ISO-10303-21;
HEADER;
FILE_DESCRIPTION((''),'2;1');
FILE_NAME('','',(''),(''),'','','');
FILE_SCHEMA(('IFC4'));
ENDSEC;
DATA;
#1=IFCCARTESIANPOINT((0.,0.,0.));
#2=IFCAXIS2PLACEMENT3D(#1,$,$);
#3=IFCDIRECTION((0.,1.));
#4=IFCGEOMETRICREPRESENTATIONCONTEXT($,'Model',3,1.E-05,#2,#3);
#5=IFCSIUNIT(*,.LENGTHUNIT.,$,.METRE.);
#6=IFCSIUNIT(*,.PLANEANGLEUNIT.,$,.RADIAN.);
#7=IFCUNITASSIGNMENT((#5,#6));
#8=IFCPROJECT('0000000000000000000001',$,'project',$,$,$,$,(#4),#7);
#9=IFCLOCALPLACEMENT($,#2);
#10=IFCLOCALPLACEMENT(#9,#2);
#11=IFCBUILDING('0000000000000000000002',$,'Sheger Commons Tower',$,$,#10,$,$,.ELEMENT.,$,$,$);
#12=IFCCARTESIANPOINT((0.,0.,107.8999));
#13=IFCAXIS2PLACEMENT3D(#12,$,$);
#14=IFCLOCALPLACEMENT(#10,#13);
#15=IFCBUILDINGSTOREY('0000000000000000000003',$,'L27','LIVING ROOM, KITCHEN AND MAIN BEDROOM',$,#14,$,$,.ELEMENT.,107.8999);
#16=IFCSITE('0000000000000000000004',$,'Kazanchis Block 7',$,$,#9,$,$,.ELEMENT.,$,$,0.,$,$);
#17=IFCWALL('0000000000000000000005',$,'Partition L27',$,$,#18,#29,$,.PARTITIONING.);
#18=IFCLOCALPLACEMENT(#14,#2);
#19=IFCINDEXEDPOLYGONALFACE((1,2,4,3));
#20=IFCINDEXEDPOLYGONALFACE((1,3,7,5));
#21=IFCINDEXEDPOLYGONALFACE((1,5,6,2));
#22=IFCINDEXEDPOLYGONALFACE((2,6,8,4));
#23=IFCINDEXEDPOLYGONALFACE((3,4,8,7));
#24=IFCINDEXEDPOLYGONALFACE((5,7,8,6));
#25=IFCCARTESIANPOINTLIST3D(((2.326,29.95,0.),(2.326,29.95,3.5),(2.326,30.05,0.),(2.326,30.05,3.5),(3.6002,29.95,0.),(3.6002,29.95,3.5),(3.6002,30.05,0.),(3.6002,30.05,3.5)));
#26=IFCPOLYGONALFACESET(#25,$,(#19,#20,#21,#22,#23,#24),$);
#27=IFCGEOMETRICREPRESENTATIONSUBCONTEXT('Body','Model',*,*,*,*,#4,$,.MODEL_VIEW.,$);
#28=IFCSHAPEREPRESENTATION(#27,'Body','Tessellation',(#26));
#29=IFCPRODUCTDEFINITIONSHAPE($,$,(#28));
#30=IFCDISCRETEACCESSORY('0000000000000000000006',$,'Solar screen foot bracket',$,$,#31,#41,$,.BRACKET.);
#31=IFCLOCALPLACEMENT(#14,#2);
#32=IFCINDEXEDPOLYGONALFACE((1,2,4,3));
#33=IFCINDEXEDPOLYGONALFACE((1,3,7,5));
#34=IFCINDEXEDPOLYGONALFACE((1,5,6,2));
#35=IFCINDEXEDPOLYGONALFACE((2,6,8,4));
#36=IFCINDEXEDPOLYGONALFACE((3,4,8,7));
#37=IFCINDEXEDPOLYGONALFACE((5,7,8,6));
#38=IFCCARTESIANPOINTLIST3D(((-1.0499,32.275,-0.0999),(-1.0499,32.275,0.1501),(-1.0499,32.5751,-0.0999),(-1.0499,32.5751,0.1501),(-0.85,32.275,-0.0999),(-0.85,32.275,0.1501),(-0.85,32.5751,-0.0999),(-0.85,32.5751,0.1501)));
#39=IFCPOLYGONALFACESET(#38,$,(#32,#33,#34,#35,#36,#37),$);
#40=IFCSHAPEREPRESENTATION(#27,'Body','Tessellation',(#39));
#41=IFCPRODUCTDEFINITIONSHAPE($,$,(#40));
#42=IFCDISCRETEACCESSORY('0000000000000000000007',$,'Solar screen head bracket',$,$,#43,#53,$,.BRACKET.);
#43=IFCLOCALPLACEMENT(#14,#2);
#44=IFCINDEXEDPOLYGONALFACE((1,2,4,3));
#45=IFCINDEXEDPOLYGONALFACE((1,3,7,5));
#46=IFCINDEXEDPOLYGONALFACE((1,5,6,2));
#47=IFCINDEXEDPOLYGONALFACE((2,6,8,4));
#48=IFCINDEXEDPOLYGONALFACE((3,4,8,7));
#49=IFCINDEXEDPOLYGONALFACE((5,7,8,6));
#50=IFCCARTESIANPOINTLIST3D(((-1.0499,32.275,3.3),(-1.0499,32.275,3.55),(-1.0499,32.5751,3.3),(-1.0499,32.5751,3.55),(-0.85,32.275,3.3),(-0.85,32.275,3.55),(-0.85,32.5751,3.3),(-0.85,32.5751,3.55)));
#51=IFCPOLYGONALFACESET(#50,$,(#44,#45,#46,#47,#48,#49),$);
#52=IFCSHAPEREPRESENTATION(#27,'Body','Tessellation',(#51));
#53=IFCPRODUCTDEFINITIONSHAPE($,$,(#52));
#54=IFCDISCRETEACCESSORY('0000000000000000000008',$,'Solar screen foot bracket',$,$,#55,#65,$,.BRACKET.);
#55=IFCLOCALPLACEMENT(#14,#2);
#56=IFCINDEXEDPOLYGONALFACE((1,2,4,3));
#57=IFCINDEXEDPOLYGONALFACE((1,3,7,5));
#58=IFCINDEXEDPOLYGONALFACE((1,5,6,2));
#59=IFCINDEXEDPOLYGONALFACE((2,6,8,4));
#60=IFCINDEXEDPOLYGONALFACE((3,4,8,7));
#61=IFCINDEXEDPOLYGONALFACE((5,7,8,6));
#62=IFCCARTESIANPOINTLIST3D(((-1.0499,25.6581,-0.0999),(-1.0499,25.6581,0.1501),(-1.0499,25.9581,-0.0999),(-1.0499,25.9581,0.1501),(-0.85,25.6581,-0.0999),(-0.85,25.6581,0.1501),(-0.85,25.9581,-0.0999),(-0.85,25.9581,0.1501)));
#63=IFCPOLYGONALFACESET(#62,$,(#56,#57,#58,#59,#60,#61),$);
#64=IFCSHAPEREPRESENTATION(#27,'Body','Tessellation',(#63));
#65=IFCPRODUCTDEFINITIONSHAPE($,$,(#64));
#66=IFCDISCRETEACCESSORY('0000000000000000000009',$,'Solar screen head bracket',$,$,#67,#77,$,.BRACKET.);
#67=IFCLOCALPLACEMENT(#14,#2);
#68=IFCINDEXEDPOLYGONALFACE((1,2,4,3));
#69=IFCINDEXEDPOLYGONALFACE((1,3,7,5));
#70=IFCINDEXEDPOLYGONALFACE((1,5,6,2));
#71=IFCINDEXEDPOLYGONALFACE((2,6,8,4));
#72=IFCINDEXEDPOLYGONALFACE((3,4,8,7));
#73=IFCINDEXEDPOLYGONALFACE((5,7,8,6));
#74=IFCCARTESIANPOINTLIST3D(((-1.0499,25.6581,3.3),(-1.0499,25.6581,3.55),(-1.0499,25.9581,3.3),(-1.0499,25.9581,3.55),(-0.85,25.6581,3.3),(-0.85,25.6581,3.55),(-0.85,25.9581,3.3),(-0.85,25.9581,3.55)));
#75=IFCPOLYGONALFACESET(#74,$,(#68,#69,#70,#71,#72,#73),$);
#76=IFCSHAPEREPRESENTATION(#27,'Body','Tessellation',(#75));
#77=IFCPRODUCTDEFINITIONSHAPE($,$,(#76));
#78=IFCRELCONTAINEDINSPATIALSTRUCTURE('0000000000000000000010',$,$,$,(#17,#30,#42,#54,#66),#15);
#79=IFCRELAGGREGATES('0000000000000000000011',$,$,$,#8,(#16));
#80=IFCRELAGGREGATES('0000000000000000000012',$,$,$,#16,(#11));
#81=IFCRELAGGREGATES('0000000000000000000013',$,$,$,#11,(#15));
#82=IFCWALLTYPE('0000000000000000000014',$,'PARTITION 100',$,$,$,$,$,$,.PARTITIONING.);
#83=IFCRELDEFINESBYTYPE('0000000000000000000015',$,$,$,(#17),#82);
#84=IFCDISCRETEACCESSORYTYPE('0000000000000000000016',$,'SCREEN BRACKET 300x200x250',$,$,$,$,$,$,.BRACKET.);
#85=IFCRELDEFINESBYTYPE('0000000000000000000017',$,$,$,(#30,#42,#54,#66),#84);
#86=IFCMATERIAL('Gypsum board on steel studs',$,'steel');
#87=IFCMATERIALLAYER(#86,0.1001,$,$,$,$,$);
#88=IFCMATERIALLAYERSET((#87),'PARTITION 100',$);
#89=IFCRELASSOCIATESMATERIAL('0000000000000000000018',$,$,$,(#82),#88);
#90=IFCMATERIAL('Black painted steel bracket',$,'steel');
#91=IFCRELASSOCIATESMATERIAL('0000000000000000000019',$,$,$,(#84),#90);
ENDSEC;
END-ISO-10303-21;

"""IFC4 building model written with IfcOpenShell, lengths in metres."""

from ifc_helpers import new_model, si_unit, direction, frame, frame_2d, origin, origin_2d, place, context, subcontext, project, spatial, rectangle, extrude, material, layer, layer_set, type_object, element, save


model = new_model("IFC4")

# Units and contexts
model_context = context("Model", 3, precision=1e-05, world=origin(), true_north=direction((0.0, 1.0)))
body_context = subcontext(model_context, "Body", "Model", "MODEL_VIEW")
ifc_project = project(units=[si_unit("LENGTHUNIT", "METRE"), si_unit("PLANEANGLEUNIT", "RADIAN")], contexts=[model_context])

# Site, building, storey
site_placement = place(None, origin())
site = spatial("IfcSite", under=ifc_project, at=site_placement, Name="Kazanchis Block 7", CompositionType="ELEMENT", RefElevation=0.0)
building_placement = place(site_placement, origin())
building = spatial("IfcBuilding", under=site, at=building_placement, Name="Sheger Commons Tower", CompositionType="ELEMENT")
storey_placement = place(building_placement, frame((0.0, 0.0, 107.8999)))
storey = spatial("IfcBuildingStorey", under=building, at=storey_placement, Name="L27", Description="LIVING ROOM, KITCHEN AND MAIN BEDROOM", CompositionType="ELEMENT", Elevation=107.8999)

# Shared definitions
ifc_material_1 = material(Name="Gypsum board on steel studs", Category="steel")
ifc_layer_1 = layer(ifc_material_1, 0.1001)
ifc_layer_set_1 = layer_set([ifc_layer_1], Name="PARTITION 100")
wall_type_1 = type_object("IfcWallType", Name="PARTITION 100", PredefinedType="PARTITIONING", material=ifc_layer_set_1)

# Wall
wall_1_placement = place(storey_placement, frame((2.3259, 30.0, 0.0), z_axis=(0.0, 0.0, 1.0), x_axis=(1.0, 0.0, 0.0)))
element("IfcWall", 1, at=wall_1_placement, inside=storey, type_object=wall_type_1, Name="Partition L27", PredefinedType="PARTITIONING", context=body_context, shape_type="SweptSolid", body=[
    extrude(rectangle(XDim=1.2742, YDim=0.1001, at=frame_2d((0.6372, 0.0))), origin(), (0.0, 0.0, 1.0), 3.5),
])

# Discrete accessories
ifc_material_2 = material(Name="Black painted steel bracket", Category="steel")
discrete_accessory_type = type_object("IfcDiscreteAccessoryType", Name="SCREEN BRACKET 300x200x250", PredefinedType="BRACKET", material=ifc_material_2)
for number, where, z_axis, x_axis, name in (
    (2, (-0.95, 32.425, -0.0999), (0.0, 0.0, 1.0), (0.0, -1.0, 0.0), "Solar screen foot bracket"),
    (3, (-0.95, 32.425, 3.3), (0.0, 0.0, 1.0), (0.0, -1.0, 0.0), "Solar screen head bracket"),
    (4, (-0.95, 25.8081, -0.0999), (0.0, 0.0, 1.0), (0.0, -1.0, 0.0), "Solar screen foot bracket"),
    (5, (-0.95, 25.8081, 3.3), (0.0, 0.0, 1.0), (0.0, -1.0, 0.0), "Solar screen head bracket"),
):
    element("IfcDiscreteAccessory", number, at=place(storey_placement, frame(where, z_axis=z_axis, x_axis=x_axis)), inside=storey, type_object=discrete_accessory_type, Name=name, PredefinedType="BRACKET", context=body_context, shape_type="SweptSolid", body=[
        extrude(rectangle(XDim=0.3, YDim=0.2, at=origin_2d()), origin(), (0.0, 0.0, 1.0), 0.25),
    ])

save(model, "model.ifc")
